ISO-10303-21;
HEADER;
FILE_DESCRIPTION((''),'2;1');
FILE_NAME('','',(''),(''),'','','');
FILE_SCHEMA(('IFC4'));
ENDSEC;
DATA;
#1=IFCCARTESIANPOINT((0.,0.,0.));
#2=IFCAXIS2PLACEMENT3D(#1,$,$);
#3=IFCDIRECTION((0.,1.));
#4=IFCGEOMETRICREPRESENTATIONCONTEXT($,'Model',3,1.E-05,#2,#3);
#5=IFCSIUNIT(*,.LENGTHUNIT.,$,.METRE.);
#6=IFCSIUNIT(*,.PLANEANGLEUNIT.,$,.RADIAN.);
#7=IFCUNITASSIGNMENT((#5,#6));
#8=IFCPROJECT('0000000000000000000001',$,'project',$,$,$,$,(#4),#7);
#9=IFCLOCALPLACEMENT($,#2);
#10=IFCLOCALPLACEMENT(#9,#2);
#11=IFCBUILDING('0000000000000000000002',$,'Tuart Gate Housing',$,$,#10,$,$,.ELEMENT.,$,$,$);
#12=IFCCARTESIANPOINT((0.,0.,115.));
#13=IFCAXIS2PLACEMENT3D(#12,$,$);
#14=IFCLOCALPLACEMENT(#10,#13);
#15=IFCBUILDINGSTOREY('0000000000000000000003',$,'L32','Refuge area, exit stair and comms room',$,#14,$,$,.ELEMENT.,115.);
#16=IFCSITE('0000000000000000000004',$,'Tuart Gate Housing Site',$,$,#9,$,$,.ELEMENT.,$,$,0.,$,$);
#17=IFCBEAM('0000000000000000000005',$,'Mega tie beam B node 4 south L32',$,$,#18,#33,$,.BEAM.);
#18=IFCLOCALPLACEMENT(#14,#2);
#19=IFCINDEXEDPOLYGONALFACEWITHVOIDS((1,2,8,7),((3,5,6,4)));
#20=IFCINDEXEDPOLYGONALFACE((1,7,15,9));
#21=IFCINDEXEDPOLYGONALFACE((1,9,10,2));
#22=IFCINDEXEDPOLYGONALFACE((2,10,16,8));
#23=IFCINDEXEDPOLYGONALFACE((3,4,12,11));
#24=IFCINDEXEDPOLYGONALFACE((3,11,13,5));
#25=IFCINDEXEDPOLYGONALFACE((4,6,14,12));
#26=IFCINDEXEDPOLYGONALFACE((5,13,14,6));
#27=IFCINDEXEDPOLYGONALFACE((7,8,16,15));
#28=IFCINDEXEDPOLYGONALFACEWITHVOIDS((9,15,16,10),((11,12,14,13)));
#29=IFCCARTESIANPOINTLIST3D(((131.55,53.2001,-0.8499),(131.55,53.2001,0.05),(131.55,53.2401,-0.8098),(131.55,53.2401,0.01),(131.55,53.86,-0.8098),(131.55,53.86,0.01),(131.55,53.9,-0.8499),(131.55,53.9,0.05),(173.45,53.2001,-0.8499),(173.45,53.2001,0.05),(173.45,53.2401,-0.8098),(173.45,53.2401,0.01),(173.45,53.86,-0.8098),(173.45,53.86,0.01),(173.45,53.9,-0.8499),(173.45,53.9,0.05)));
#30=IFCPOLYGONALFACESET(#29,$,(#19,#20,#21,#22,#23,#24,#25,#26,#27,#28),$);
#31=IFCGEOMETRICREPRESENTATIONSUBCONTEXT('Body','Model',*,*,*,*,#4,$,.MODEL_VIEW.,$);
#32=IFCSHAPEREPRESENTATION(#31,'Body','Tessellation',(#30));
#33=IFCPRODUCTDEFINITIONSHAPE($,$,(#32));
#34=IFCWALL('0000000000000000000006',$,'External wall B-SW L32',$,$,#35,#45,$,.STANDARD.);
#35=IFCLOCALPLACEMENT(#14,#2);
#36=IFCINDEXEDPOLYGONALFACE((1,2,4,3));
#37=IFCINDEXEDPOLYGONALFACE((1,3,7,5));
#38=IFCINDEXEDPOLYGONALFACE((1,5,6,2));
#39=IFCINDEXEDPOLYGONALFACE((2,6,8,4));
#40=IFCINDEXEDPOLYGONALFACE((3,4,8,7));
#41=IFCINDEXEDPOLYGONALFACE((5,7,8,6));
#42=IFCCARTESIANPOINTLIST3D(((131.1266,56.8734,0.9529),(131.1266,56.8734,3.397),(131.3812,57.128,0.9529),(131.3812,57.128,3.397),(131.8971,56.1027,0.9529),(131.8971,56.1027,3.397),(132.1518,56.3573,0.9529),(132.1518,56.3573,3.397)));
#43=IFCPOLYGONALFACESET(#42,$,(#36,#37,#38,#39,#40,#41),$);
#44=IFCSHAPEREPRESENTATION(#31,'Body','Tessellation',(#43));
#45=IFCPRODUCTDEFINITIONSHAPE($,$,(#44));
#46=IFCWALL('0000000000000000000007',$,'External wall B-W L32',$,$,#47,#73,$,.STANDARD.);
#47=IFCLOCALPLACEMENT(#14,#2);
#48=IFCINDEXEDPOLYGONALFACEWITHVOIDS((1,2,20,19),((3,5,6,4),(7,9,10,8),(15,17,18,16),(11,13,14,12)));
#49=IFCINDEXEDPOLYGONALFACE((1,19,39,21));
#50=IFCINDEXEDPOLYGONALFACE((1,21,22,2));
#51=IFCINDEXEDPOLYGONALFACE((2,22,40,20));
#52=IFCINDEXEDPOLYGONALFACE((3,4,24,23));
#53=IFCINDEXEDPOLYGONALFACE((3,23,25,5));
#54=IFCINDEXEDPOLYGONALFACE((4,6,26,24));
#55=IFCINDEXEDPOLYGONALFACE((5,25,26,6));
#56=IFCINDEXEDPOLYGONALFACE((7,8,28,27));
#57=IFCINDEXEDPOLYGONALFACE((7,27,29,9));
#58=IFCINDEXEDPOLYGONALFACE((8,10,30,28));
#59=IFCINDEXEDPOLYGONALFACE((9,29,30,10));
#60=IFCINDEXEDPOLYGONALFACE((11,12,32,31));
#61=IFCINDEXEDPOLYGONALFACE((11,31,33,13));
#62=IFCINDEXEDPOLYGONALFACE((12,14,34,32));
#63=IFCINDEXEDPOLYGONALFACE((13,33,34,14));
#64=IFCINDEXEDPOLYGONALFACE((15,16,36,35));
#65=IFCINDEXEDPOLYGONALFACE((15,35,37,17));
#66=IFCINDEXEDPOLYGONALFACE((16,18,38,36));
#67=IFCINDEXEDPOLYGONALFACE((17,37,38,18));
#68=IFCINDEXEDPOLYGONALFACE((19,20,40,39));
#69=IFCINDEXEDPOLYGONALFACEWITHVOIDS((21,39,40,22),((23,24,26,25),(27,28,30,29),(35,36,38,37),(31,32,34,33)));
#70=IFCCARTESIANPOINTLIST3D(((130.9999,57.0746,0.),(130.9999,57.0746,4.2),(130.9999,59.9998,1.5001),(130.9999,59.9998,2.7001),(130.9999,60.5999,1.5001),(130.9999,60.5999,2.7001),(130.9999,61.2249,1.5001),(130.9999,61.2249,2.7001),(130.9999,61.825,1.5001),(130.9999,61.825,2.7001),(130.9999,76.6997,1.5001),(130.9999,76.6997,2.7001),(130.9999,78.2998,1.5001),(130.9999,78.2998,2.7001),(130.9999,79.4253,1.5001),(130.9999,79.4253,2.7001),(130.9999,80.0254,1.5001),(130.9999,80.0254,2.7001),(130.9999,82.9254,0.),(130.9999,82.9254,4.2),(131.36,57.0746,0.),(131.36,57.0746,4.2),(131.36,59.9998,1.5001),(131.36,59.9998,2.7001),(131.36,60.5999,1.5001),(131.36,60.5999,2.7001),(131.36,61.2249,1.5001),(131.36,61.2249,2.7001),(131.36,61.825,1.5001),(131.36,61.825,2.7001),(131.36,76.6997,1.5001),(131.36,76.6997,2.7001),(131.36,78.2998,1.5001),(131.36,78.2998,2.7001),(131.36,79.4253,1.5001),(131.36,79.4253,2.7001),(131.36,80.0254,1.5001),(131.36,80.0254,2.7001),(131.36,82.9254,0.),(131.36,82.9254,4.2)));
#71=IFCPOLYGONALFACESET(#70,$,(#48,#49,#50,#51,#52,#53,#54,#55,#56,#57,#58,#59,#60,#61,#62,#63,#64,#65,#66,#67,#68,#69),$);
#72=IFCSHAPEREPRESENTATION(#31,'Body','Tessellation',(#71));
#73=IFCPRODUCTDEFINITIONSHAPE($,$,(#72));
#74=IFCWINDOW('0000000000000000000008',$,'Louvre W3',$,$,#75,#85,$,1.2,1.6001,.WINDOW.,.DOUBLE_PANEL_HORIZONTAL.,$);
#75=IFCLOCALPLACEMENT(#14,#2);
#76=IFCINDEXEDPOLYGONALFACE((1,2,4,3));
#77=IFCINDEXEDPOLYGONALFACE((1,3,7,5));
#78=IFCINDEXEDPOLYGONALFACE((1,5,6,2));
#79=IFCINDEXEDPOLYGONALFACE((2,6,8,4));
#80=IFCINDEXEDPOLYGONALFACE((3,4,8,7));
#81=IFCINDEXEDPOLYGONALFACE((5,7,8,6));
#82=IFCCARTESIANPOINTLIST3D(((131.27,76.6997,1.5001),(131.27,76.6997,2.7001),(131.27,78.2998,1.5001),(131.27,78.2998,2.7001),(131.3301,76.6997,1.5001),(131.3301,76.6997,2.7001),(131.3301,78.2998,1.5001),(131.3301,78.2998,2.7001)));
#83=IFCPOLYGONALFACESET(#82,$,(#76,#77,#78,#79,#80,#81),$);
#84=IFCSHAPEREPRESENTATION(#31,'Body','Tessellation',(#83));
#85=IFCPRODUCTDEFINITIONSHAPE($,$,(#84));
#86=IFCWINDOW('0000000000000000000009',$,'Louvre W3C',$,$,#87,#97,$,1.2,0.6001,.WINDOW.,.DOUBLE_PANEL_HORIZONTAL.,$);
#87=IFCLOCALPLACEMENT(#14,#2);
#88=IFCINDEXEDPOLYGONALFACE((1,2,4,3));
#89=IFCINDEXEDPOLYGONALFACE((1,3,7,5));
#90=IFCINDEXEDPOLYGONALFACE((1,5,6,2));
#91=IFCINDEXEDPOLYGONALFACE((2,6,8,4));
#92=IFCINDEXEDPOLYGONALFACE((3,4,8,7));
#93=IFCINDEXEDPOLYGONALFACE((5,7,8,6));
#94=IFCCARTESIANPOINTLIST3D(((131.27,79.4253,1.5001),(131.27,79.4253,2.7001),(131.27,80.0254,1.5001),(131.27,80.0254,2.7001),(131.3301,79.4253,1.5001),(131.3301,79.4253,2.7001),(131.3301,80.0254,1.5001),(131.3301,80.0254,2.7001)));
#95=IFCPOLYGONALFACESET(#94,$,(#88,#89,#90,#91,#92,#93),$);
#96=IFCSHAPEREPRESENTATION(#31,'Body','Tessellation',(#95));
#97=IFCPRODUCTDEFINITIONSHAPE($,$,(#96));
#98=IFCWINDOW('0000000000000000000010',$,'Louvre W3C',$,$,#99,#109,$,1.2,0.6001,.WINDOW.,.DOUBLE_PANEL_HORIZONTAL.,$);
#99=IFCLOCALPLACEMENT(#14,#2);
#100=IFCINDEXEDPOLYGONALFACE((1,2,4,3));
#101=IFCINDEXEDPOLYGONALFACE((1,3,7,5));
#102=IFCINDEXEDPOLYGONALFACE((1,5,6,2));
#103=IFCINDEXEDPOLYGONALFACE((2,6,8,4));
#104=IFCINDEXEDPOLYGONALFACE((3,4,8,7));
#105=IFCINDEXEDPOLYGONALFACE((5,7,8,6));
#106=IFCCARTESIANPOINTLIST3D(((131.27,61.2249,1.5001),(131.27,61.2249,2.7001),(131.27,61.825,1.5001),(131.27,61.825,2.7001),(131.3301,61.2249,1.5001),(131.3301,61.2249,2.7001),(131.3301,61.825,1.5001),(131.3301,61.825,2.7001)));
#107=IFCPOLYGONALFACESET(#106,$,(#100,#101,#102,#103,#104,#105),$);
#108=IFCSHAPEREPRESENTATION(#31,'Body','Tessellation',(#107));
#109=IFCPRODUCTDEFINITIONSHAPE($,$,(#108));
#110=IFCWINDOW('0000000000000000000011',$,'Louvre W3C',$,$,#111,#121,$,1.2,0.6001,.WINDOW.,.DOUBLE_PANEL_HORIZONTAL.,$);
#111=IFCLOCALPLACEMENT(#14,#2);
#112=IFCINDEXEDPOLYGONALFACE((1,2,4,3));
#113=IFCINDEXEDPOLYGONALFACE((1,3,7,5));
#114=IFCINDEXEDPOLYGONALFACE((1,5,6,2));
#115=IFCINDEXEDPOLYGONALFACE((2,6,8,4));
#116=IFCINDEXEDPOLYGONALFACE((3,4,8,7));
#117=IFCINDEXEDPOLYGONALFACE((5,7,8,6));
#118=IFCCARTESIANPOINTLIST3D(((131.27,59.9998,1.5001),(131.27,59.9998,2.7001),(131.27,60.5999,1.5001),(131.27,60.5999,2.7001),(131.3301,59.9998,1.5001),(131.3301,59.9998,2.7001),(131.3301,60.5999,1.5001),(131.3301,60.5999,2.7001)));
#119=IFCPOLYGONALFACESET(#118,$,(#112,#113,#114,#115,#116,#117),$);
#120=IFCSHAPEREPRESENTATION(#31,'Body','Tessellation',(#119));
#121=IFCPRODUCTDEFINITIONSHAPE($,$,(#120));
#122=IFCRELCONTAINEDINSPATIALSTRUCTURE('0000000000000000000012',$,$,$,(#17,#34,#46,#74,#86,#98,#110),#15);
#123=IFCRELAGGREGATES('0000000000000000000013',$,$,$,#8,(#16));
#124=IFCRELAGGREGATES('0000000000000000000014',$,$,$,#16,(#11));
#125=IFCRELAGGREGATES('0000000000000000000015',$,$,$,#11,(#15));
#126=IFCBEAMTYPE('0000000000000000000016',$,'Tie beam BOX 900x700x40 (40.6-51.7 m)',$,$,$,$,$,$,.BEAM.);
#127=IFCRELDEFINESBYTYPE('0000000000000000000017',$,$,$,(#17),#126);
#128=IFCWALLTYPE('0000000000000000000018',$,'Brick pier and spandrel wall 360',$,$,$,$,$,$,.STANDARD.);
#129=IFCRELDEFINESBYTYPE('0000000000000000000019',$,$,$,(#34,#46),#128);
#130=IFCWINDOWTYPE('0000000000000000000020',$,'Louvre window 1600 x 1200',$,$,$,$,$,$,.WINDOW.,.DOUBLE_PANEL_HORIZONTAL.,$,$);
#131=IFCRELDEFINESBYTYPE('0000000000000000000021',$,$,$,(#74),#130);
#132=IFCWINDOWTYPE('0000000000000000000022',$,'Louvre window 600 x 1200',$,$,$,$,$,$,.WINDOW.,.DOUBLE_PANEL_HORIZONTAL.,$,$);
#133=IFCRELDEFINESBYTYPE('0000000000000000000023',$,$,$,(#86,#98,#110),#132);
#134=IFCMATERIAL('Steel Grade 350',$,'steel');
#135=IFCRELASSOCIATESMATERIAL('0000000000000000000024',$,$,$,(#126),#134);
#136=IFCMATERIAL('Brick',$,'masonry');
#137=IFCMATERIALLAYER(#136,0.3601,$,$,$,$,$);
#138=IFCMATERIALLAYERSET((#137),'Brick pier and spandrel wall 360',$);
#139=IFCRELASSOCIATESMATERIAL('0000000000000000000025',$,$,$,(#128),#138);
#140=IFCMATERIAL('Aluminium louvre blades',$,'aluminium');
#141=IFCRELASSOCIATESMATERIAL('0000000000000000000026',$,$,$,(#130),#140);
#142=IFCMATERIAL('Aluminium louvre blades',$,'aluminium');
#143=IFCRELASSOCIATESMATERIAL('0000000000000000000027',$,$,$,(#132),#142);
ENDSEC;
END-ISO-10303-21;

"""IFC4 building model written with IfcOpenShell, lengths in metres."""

from ifc_helpers import new_model, si_unit, direction, frame, frame_2d, origin, origin_2d, place, context, subcontext, project, spatial, rectangle, hollow_rectangle, extrude, material, layer, layer_set, material_profile, profile_set, type_object, element, fill, save


model = new_model("IFC4")

# Units and contexts
model_context = context("Model", 3, precision=1e-05, world=origin(), true_north=direction((0.0, 1.0)))
body_context = subcontext(model_context, "Body", "Model", "MODEL_VIEW")
ifc_project = project(units=[si_unit("LENGTHUNIT", "METRE"), si_unit("PLANEANGLEUNIT", "RADIAN")], contexts=[model_context])

# Site, building, storey
site_placement = place(None, origin())
site = spatial("IfcSite", under=ifc_project, at=site_placement, Name="Tuart Gate Housing Site", CompositionType="ELEMENT", RefElevation=0.0)
building_placement = place(site_placement, origin())
building = spatial("IfcBuilding", under=site, at=building_placement, Name="Tuart Gate Housing", CompositionType="ELEMENT")
storey_placement = place(building_placement, frame((0.0, 0.0, 115.0)))
storey = spatial("IfcBuildingStorey", under=building, at=storey_placement, Name="L32", Description="Refuge area, exit stair and comms room", CompositionType="ELEMENT", Elevation=115.0)

# Beam
ifc_material_1 = material(Name="Steel Grade 350", Category="steel")
ifc_material_profile_1 = material_profile(ifc_material_1, hollow_rectangle(XDim=0.7, YDim=0.8999, WallThickness=0.04, at=origin_2d()), Name="BOX 900x700x40")
ifc_profile_set_1 = profile_set([ifc_material_profile_1], Name="Steel Grade 350")
beam_type_1 = type_object("IfcBeamType", Name="Tie beam BOX 900x700x40 (40.6-51.7 m)", PredefinedType="BEAM", material=ifc_profile_set_1)
beam_1_placement = place(storey_placement, frame((131.55, 53.55, -0.3999), z_axis=(1.0, 0.0, 0.0), x_axis=(0.0, 1.0, 0.0)))
element("IfcBeam", 1, at=beam_1_placement, inside=storey, type_object=beam_type_1, Name="Mega tie beam B node 4 south L32", PredefinedType="BEAM", context=body_context, shape_type="SweptSolid", body=[
    extrude(hollow_rectangle(XDim=0.7, YDim=0.8999, WallThickness=0.04, at=origin_2d()), origin(), (0.0, 0.0, 1.0), 41.8999),
])

# Wall
ifc_material_2 = material(Name="Brick", Category="masonry")
ifc_layer_1 = layer(ifc_material_2, 0.3601)
ifc_layer_set_1 = layer_set([ifc_layer_1], Name="Brick pier and spandrel wall 360")
wall_type_1 = type_object("IfcWallType", Name="Brick pier and spandrel wall 360", PredefinedType="STANDARD", material=ifc_layer_set_1)
wall_1_placement = place(storey_placement, frame((131.2539, 57.0007, 0.9529), z_axis=(0.0, 0.0, 1.0), x_axis=(0.706995, -0.707219, 0.0)))
element("IfcWall", 2, at=wall_1_placement, inside=storey, type_object=wall_type_1, Name="External wall B-SW L32", PredefinedType="STANDARD", context=body_context, shape_type="SweptSolid", body=[
    extrude(rectangle(XDim=1.0898, YDim=0.3601, at=frame_2d((0.5449, 0.0))), origin(), (0.0, 0.0, 1.0), 2.4441),
])

# Wall, openings, windows
wall_2_placement = place(storey_placement, frame((131.1799, 82.9253, 0.0), z_axis=(0.0, 0.0, 1.0), x_axis=(0.0, -1.0, 0.0)))
wall_2 = element("IfcWall", 3, at=wall_2_placement, inside=storey, type_object=wall_type_1, Name="External wall B-W L32", PredefinedType="STANDARD", context=body_context, shape_type="SweptSolid", body=[
    extrude(rectangle(XDim=25.8508, YDim=0.3601, at=frame_2d((12.9253, 0.0))), origin(), (0.0, 0.0, 1.0), 4.2),
])
opening_1_placement = place(wall_2_placement, frame((2.8999, 0.0, 1.5)))
opening_1 = element("IfcOpeningElement", 4, at=opening_1_placement, cuts=wall_2, PredefinedType="OPENING", context=body_context, shape_type="SweptSolid", body=[
    extrude(rectangle(XDim=0.6001, YDim=1.2, at=frame_2d((0.3, 0.6001))), frame((0.0, 0.1899, 0.0), z_axis=(0.0, -1.0, 0.0), x_axis=(1.0, 0.0, 0.0)), (0.0, 0.0, 1.0), 0.3801),
])
opening_2_placement = place(wall_2_placement, frame((4.6255, 0.0, 1.5)))
opening_2 = element("IfcOpeningElement", 5, at=opening_2_placement, cuts=wall_2, PredefinedType="OPENING", context=body_context, shape_type="SweptSolid", body=[
    extrude(rectangle(XDim=1.6001, YDim=1.2, at=frame_2d((0.8, 0.6001))), frame((0.0, 0.1899, 0.0), z_axis=(0.0, -1.0, 0.0), x_axis=(1.0, 0.0, 0.0)), (0.0, 0.0, 1.0), 0.3801),
])
opening_3_placement = place(wall_2_placement, frame((21.1003, 0.0, 1.5)))
opening_3 = element("IfcOpeningElement", 6, at=opening_3_placement, cuts=wall_2, PredefinedType="OPENING", context=body_context, shape_type="SweptSolid", body=[
    extrude(rectangle(XDim=0.6001, YDim=1.2, at=frame_2d((0.3, 0.6001))), frame((0.0, 0.1899, 0.0), z_axis=(0.0, -1.0, 0.0), x_axis=(1.0, 0.0, 0.0)), (0.0, 0.0, 1.0), 0.3801),
])
opening_4_placement = place(wall_2_placement, frame((22.3254, 0.0, 1.5)))
opening_4 = element("IfcOpeningElement", 7, at=opening_4_placement, cuts=wall_2, PredefinedType="OPENING", context=body_context, shape_type="SweptSolid", body=[
    extrude(rectangle(XDim=0.6001, YDim=1.2, at=frame_2d((0.3, 0.6001))), frame((0.0, 0.1899, 0.0), z_axis=(0.0, -1.0, 0.0), x_axis=(1.0, 0.0, 0.0)), (0.0, 0.0, 1.0), 0.3801),
])
ifc_material_3 = material(Name="Aluminium louvre blades", Category="aluminium")
window_type_1 = type_object("IfcWindowType", Name="Louvre window 1600 x 1200", PartitioningType="DOUBLE_PANEL_HORIZONTAL", PredefinedType="WINDOW", material=ifc_material_3)
window_1_placement = place(opening_2_placement, origin())
window_1 = element("IfcWindow", 8, at=window_1_placement, inside=storey, type_object=window_type_1, Name="Louvre W3", OverallHeight=1.2, OverallWidth=1.6001, PartitioningType="DOUBLE_PANEL_HORIZONTAL", PredefinedType="WINDOW", context=body_context, shape_type="SweptSolid", body=[
    extrude(rectangle(XDim=1.6001, YDim=1.2, at=frame_2d((0.8, 0.6001))), frame((0.0, 0.1501, 0.0), z_axis=(0.0, -1.0, 0.0), x_axis=(1.0, 0.0, 0.0)), (0.0, 0.0, 1.0), 0.0601),
])
fill(opening_2, window_1)
ifc_material_4 = material(Name="Aluminium louvre blades", Category="aluminium")
window_type_2 = type_object("IfcWindowType", Name="Louvre window 600 x 1200", PartitioningType="DOUBLE_PANEL_HORIZONTAL", PredefinedType="WINDOW", material=ifc_material_4)
window_2_placement = place(opening_1_placement, origin())
window_2 = element("IfcWindow", 9, at=window_2_placement, inside=storey, type_object=window_type_2, Name="Louvre W3C", OverallHeight=1.2, OverallWidth=0.6001, PartitioningType="DOUBLE_PANEL_HORIZONTAL", PredefinedType="WINDOW", context=body_context, shape_type="SweptSolid", body=[
    extrude(rectangle(XDim=0.6001, YDim=1.2, at=frame_2d((0.3, 0.6001))), frame((0.0, 0.1501, 0.0), z_axis=(0.0, -1.0, 0.0), x_axis=(1.0, 0.0, 0.0)), (0.0, 0.0, 1.0), 0.0601),
])
fill(opening_1, window_2)
window_3_placement = place(opening_3_placement, origin())
window_3 = element("IfcWindow", 10, at=window_3_placement, inside=storey, type_object=window_type_2, Name="Louvre W3C", OverallHeight=1.2, OverallWidth=0.6001, PartitioningType="DOUBLE_PANEL_HORIZONTAL", PredefinedType="WINDOW", context=body_context, shape_type="SweptSolid", body=[
    extrude(rectangle(XDim=0.6001, YDim=1.2, at=frame_2d((0.3, 0.6001))), frame((0.0, 0.1501, 0.0), z_axis=(0.0, -1.0, 0.0), x_axis=(1.0, 0.0, 0.0)), (0.0, 0.0, 1.0), 0.0601),
])
fill(opening_3, window_3)
window_4_placement = place(opening_4_placement, origin())
window_4 = element("IfcWindow", 11, at=window_4_placement, inside=storey, type_object=window_type_2, Name="Louvre W3C", OverallHeight=1.2, OverallWidth=0.6001, PartitioningType="DOUBLE_PANEL_HORIZONTAL", PredefinedType="WINDOW", context=body_context, shape_type="SweptSolid", body=[
    extrude(rectangle(XDim=0.6001, YDim=1.2, at=frame_2d((0.3, 0.6001))), frame((0.0, 0.1501, 0.0), z_axis=(0.0, -1.0, 0.0), x_axis=(1.0, 0.0, 0.0)), (0.0, 0.0, 1.0), 0.0601),
])
fill(opening_4, window_4)

save(model, "model.ifc")
